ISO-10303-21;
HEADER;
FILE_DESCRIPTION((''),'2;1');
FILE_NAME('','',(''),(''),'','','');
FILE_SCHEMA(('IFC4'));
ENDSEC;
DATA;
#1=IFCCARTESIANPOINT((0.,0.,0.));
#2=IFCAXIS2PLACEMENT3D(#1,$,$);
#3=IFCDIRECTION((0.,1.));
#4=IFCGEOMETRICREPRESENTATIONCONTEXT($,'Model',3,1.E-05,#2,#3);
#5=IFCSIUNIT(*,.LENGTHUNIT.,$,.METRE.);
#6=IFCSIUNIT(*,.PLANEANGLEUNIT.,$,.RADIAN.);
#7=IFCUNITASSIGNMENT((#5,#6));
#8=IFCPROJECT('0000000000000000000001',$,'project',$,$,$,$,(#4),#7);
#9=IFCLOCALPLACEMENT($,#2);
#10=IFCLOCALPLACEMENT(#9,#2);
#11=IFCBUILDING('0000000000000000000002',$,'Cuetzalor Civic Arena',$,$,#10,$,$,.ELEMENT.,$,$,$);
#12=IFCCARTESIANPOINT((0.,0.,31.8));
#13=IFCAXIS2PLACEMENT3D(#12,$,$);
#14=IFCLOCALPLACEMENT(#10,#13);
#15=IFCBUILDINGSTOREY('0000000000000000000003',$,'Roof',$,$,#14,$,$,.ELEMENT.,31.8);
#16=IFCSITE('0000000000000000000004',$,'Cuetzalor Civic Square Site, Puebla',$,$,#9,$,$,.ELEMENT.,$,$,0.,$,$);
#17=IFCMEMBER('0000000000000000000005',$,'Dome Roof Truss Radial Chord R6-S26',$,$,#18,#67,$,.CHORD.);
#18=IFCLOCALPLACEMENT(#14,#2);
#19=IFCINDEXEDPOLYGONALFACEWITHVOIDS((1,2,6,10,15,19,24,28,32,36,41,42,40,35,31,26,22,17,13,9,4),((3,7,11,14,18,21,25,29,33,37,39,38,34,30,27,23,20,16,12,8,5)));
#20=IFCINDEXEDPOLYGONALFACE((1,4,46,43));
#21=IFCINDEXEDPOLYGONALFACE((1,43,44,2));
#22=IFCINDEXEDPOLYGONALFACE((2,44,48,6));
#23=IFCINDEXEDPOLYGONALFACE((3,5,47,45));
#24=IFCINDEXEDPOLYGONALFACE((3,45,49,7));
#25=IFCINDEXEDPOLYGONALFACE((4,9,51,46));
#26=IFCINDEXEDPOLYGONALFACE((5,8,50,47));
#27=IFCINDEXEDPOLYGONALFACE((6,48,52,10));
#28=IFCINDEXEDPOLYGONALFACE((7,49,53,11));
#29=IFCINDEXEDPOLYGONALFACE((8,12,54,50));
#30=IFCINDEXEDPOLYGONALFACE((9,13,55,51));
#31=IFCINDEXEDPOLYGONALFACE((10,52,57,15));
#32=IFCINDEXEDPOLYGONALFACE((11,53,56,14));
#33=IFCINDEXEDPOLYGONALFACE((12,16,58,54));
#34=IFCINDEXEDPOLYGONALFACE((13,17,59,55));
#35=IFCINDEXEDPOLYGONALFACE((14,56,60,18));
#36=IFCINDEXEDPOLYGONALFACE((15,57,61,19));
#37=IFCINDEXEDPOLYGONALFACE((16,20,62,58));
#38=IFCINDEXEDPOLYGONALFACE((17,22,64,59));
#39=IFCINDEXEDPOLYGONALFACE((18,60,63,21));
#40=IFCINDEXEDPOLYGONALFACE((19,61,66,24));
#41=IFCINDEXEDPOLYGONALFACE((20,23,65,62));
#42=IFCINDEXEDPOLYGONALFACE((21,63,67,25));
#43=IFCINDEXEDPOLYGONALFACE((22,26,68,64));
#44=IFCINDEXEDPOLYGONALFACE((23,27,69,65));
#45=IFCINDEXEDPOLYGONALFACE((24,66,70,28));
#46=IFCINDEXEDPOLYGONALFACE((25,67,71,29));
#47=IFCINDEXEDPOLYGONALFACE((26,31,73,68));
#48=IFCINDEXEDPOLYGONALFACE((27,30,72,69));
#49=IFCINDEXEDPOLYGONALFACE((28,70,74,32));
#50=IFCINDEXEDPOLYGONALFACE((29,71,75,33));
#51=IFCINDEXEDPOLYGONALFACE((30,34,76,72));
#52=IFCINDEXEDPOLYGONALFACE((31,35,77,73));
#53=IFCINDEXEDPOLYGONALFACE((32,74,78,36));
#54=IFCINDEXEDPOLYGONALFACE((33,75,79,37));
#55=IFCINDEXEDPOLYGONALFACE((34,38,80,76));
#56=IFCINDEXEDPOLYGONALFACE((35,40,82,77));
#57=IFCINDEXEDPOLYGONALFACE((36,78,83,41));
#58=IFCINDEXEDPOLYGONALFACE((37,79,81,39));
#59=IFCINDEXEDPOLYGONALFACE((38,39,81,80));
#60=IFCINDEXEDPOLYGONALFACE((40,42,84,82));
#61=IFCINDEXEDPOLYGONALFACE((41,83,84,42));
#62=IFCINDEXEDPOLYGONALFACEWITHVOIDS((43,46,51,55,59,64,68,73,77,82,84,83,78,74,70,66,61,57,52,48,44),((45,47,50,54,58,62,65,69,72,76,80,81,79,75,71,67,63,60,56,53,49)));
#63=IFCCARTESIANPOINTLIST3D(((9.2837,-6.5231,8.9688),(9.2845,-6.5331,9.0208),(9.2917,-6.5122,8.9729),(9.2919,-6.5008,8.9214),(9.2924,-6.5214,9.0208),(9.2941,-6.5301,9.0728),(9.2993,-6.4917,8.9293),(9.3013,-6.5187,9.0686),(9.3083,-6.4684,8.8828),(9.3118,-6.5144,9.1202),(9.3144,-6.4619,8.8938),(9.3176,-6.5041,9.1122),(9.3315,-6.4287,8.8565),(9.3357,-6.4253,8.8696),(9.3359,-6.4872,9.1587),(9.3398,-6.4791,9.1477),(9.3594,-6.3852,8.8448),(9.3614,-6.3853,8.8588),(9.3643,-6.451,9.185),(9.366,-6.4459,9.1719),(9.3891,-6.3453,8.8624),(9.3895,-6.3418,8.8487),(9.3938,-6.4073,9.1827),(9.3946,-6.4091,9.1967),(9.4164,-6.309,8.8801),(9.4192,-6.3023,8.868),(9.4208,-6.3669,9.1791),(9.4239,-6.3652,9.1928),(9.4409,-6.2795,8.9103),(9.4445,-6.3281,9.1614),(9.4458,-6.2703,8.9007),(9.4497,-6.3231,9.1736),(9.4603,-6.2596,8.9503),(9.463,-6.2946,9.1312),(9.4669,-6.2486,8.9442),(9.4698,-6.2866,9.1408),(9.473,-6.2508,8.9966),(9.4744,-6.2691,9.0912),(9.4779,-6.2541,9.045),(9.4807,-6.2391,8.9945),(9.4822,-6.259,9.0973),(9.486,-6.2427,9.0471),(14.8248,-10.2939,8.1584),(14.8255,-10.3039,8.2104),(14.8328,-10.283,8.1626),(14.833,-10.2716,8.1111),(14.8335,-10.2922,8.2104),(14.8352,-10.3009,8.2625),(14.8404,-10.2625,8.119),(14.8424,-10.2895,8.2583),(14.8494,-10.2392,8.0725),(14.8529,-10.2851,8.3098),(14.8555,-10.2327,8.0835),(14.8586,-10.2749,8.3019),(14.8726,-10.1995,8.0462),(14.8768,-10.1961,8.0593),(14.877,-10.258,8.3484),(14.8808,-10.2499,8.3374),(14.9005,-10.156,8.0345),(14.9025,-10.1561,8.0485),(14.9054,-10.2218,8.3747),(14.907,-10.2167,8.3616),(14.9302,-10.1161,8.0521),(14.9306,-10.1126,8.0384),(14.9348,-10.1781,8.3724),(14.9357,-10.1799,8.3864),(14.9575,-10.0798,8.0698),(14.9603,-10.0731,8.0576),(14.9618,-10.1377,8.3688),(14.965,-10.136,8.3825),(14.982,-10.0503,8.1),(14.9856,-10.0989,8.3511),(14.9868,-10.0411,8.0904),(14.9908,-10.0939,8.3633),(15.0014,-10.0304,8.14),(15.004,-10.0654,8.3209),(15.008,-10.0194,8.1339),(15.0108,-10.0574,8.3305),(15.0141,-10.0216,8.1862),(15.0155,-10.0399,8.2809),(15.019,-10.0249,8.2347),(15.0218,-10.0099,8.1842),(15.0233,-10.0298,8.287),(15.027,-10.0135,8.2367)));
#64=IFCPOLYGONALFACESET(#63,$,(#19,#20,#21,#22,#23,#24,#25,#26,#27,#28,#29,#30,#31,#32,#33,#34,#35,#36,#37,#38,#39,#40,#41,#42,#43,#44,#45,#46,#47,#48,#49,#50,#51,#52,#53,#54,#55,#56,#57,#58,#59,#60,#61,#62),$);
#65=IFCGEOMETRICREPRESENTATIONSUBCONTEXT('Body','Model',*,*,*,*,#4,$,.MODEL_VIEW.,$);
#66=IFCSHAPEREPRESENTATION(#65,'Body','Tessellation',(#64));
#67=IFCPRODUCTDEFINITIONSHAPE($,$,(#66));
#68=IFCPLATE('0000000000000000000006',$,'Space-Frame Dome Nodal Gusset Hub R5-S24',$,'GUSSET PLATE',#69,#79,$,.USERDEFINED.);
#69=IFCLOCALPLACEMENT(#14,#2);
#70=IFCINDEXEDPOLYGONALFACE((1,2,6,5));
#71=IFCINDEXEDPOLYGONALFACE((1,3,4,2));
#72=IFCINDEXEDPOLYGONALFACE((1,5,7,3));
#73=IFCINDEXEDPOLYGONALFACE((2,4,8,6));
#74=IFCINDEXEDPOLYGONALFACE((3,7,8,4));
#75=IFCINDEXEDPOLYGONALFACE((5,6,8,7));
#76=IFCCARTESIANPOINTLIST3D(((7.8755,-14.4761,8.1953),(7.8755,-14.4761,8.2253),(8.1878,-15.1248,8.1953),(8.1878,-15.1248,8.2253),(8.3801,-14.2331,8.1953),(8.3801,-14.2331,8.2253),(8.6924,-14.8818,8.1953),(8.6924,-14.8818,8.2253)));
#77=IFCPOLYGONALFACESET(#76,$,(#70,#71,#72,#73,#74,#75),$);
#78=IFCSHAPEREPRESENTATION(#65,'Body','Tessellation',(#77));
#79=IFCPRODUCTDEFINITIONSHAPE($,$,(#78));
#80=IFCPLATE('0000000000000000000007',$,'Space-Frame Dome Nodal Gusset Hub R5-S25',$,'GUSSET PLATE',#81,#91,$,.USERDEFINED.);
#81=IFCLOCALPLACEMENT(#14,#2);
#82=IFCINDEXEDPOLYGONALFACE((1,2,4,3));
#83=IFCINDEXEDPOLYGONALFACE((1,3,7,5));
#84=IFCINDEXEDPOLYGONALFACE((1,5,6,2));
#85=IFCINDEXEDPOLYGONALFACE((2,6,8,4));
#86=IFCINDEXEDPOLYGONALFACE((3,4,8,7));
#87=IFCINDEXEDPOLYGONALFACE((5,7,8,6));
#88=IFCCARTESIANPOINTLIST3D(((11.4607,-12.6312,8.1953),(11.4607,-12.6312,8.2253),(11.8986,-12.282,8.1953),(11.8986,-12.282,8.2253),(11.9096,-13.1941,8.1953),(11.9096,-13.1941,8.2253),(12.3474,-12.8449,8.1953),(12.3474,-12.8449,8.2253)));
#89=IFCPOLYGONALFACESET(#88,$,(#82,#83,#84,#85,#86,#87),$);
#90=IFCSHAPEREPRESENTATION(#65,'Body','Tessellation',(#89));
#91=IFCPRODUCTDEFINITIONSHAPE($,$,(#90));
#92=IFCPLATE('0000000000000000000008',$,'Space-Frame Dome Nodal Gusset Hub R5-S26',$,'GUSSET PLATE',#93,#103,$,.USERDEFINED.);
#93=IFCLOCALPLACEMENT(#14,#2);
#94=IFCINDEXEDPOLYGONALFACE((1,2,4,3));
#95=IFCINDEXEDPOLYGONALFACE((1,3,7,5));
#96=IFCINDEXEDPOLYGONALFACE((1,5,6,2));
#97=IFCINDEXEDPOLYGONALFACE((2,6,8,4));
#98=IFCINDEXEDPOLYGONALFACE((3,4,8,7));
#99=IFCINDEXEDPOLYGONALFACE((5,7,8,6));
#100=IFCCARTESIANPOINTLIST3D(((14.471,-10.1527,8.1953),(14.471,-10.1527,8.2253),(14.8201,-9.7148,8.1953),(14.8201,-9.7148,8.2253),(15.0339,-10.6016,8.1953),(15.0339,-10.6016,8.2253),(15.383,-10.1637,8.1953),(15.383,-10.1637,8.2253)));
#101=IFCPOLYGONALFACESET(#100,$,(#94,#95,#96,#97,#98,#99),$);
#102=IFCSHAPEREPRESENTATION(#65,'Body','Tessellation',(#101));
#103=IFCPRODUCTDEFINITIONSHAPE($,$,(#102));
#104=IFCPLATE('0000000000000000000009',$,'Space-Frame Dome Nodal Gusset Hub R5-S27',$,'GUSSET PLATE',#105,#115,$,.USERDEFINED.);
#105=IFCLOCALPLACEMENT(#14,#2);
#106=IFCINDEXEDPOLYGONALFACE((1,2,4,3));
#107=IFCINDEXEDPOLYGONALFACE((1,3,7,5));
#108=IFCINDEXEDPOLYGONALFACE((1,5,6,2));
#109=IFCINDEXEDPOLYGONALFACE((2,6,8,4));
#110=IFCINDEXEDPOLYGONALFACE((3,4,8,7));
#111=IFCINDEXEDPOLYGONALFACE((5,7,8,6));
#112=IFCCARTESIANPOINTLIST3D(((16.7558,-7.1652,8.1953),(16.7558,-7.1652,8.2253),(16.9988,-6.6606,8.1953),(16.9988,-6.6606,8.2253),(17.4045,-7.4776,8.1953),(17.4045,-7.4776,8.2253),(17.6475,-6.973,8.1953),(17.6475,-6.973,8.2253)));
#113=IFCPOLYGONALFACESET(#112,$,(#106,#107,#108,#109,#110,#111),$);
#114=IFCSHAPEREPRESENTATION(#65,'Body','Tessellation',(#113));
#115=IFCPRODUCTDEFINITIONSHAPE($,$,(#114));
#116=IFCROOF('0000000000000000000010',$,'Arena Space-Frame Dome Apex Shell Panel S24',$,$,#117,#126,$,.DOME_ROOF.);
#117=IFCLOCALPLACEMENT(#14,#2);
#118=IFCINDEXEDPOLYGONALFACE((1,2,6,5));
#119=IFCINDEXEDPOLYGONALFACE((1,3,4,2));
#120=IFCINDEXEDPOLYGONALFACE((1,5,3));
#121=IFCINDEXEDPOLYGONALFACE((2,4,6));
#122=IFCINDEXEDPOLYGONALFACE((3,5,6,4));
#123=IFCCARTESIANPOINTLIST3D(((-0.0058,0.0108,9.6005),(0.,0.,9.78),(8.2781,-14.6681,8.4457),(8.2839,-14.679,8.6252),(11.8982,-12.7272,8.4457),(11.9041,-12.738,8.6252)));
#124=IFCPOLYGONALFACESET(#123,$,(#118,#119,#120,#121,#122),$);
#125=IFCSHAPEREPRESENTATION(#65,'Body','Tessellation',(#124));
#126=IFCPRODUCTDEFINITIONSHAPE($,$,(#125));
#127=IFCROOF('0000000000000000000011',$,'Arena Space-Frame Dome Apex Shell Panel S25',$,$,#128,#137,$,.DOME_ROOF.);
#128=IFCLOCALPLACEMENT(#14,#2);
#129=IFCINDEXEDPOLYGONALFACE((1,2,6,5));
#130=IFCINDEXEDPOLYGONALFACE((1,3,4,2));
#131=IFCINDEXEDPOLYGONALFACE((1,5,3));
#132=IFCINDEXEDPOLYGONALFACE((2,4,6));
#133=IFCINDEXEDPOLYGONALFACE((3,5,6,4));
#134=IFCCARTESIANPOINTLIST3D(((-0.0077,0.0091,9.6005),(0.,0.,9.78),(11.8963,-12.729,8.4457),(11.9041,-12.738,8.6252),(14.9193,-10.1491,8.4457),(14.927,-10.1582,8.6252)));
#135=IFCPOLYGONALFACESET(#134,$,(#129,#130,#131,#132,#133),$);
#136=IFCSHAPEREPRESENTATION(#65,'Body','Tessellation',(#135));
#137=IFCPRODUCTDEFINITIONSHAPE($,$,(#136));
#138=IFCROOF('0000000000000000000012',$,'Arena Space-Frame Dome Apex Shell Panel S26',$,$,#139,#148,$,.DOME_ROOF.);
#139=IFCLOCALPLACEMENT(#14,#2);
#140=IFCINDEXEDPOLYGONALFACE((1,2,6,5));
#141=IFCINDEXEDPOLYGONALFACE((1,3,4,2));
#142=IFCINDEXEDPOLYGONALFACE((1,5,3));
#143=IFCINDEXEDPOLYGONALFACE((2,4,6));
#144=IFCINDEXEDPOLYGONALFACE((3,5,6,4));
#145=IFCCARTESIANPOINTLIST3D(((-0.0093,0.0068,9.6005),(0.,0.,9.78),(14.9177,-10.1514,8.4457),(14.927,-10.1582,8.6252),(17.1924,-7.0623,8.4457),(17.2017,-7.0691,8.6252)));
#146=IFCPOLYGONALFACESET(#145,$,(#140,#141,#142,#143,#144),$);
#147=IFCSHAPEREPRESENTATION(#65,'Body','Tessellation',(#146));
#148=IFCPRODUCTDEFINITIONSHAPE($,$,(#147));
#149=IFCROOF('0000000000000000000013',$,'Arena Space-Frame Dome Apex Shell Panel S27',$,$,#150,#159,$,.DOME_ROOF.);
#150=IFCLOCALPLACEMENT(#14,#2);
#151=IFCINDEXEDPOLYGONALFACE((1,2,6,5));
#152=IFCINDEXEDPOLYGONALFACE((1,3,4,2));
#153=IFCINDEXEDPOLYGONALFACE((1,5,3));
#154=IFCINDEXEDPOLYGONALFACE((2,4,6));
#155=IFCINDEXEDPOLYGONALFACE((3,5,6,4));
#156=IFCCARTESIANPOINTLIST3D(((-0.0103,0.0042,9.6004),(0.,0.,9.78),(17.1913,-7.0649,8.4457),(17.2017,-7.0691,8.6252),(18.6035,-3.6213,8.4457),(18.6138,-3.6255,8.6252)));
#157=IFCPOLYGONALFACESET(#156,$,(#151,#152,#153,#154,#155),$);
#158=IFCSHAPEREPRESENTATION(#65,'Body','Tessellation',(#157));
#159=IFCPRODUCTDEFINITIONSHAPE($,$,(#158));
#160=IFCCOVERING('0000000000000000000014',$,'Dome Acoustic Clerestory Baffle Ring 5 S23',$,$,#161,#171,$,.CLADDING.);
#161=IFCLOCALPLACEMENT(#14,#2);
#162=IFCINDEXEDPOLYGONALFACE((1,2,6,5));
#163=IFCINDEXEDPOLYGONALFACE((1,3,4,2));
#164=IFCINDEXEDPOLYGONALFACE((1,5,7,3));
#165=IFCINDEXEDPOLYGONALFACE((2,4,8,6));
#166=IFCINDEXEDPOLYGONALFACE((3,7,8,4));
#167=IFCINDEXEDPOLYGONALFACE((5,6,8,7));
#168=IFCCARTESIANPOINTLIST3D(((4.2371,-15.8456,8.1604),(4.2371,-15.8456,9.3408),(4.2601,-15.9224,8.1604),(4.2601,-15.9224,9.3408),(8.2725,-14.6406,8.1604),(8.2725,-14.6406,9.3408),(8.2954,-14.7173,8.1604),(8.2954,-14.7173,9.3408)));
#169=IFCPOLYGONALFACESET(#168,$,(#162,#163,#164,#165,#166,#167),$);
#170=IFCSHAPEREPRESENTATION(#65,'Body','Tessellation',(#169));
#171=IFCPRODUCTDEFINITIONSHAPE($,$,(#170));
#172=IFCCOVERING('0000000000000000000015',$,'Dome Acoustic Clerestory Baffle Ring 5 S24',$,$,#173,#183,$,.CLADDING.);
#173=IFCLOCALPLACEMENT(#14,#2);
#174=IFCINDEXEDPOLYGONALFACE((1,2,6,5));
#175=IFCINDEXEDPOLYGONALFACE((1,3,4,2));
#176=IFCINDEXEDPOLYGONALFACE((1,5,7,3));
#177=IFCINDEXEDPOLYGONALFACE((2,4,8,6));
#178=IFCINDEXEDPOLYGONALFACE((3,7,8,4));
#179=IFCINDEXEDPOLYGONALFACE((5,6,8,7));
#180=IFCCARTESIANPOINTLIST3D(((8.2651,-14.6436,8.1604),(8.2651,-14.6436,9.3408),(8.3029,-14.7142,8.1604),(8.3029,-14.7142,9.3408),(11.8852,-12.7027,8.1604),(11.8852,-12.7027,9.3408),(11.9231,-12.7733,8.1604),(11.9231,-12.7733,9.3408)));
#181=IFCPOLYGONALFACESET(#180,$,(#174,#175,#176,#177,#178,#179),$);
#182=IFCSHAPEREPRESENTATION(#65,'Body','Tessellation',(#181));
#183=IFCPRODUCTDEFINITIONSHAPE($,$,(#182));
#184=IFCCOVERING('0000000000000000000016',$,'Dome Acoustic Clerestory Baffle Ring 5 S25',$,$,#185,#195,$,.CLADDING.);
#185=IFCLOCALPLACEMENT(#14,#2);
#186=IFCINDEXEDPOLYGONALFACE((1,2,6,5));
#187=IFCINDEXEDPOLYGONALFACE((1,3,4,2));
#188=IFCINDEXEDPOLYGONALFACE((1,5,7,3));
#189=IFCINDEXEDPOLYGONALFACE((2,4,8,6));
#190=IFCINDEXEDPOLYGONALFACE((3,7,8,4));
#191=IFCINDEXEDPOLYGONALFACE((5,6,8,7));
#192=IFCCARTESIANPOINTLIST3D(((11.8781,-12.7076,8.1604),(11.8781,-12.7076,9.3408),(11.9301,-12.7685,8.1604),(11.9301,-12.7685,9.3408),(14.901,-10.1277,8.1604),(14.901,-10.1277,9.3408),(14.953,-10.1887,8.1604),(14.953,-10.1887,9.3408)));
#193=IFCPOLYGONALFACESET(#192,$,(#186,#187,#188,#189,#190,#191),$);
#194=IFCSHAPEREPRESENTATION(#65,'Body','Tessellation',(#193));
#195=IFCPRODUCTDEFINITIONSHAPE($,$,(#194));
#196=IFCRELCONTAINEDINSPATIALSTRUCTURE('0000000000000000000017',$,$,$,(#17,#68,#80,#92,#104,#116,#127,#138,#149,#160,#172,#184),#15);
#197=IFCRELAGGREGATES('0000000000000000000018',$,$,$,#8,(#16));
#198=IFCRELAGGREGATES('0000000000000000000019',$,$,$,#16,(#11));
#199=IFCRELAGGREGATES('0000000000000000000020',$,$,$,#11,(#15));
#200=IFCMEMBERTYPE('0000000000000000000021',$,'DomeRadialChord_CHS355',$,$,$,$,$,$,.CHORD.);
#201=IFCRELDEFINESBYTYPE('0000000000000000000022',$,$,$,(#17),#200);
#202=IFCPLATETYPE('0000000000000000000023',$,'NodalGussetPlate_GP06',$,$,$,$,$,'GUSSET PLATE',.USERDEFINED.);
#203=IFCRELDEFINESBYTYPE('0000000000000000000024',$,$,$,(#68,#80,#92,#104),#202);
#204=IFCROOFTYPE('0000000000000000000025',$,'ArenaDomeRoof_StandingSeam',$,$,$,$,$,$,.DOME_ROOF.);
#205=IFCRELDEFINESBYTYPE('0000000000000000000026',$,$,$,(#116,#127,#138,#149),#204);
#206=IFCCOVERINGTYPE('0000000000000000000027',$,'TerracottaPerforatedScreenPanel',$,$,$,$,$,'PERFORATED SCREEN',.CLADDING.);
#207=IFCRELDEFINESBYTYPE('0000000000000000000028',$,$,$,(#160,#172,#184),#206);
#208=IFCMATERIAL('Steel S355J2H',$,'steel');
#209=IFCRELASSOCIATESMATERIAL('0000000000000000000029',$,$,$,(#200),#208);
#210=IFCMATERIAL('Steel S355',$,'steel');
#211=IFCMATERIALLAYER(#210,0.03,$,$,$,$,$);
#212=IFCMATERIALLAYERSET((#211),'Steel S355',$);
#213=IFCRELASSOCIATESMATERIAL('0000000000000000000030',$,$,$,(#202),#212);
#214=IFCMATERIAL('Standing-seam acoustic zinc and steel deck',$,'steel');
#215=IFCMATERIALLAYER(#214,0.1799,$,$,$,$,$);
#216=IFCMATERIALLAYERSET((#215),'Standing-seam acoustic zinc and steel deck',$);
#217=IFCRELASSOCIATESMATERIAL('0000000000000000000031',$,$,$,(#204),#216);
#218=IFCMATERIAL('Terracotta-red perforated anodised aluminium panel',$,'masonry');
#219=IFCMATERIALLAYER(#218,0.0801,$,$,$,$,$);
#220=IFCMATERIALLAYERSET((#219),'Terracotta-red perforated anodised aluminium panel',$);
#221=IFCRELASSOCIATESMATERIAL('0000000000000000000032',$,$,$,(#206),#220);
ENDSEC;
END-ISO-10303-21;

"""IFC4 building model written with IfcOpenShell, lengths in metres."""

from ifc_helpers import new_model, si_unit, direction, frame, frame_2d, origin, origin_2d, place, context, subcontext, project, spatial, polyline, rectangle, hollow_circle, outline, extrude, material, layer, layer_set, material_profile, profile_set, type_object, element, save


model = new_model("IFC4")

# Units and contexts
model_context = context("Model", 3, precision=1e-05, world=origin(), true_north=direction((0.0, 1.0)))
body_context = subcontext(model_context, "Body", "Model", "MODEL_VIEW")
ifc_project = project(units=[si_unit("LENGTHUNIT", "METRE"), si_unit("PLANEANGLEUNIT", "RADIAN")], contexts=[model_context])

# Site, building, storey
site_placement = place(None, origin())
site = spatial("IfcSite", under=ifc_project, at=site_placement, Name="Cuetzalor Civic Square Site, Puebla", CompositionType="ELEMENT", RefElevation=0.0)
building_placement = place(site_placement, origin())
building = spatial("IfcBuilding", under=site, at=building_placement, Name="Cuetzalor Civic Arena", CompositionType="ELEMENT")
storey_placement = place(building_placement, frame((0.0, 0.0, 31.8)))
storey = spatial("IfcBuildingStorey", under=building, at=storey_placement, Name="Roof", CompositionType="ELEMENT", Elevation=31.8)

# Member
ifc_material_1 = material(Name="Steel S355J2H", Category="steel")
ifc_material_profile_1 = material_profile(ifc_material_1, hollow_circle(Radius=0.1777, WallThickness=0.0142, at=origin_2d()), Name="CHS 355.6x14.2")
ifc_profile_set_1 = profile_set([ifc_material_profile_1], Name="Steel S355J2H")
member_type_1 = type_object("IfcMemberType", Name="DomeRadialChord_CHS355", PredefinedType="CHORD", material=ifc_profile_set_1)
member_1_placement = place(storey_placement, frame((14.9255, -10.157, 8.2104), z_axis=(-0.820751, 0.558535, 0.120024), x_axis=(-0.562602, -0.826728, 0.0)))
element("IfcMember", 1, at=member_1_placement, inside=storey, type_object=member_type_1, Name="Dome Roof Truss Radial Chord R6-S26", PredefinedType="CHORD", context=body_context, shape_type="SweptSolid", body=[
    extrude(hollow_circle(Radius=0.1777, WallThickness=0.0142, at=origin_2d()), origin(), (0.0, 0.0, 1.0), 6.7512),
])

# Plates
ifc_material_2 = material(Name="Steel S355", Category="steel")
ifc_layer_1 = layer(ifc_material_2, 0.03)
ifc_layer_set_1 = layer_set([ifc_layer_1], Name="Steel S355")
plate_type = type_object("IfcPlateType", Name="NodalGussetPlate_GP06", ElementType="GUSSET PLATE", PredefinedType="USERDEFINED", material=ifc_layer_set_1)
for number, where, z_axis, x_axis, name in (
    (2, (8.2839, -14.679, 8.1953), (0.0, 0.0, 1.0), (0.433816, -0.901001, 0.0), "Space-Frame Dome Nodal Gusset Hub R5-S24"),
    (3, (11.9041, -12.738, 8.1953), (0.0, 0.0, 1.0), (0.62347, -0.781847, 0.0), "Space-Frame Dome Nodal Gusset Hub R5-S25"),
    (4, (14.927, -10.1582, 8.1953), (0.0, 0.0, 1.0), (0.781847, -0.62347, 0.0), "Space-Frame Dome Nodal Gusset Hub R5-S26"),
    (5, (17.2017, -7.0691, 8.1953), (0.0, 0.0, 1.0), (0.901001, -0.433816, 0.0), "Space-Frame Dome Nodal Gusset Hub R5-S27"),
):
    element("IfcPlate", number, at=place(storey_placement, frame(where, z_axis=z_axis, x_axis=x_axis)), inside=storey, type_object=plate_type, Name=name, ObjectType="GUSSET PLATE", PredefinedType="USERDEFINED", context=body_context, shape_type="SweptSolid", body=[
        extrude(rectangle(XDim=0.72, YDim=0.5601, at=origin_2d()), origin(), (0.0, 0.0, 1.0), 0.03),
    ])

# Roofs
ifc_material_3 = material(Name="Standing-seam acoustic zinc and steel deck", Category="steel")
ifc_layer_2 = layer(ifc_material_3, 0.1799)
ifc_layer_set_2 = layer_set([ifc_layer_2], Name="Standing-seam acoustic zinc and steel deck")
roof_type = type_object("IfcRoofType", Name="ArenaDomeRoof_StandingSeam", PredefinedType="DOME_ROOF", material=ifc_layer_set_2)
roof_1_placement = place(storey_placement, frame((8.2839, -14.679, 8.6252), z_axis=(0.032305, -0.060254, 0.99766), x_axis=(0.881321, 0.472518, 0.0)))
element("IfcRoof", 6, at=roof_1_placement, inside=storey, type_object=roof_type, Name="Arena Space-Frame Dome Apex Shell Panel S24", PredefinedType="DOME_ROOF", context=body_context, shape_type="SweptSolid", body=[
    extrude(outline(polyline([(0.0, 0.0), (4.1076, 0.0), (-0.3647, 16.8907), (0.0, 0.0)])), origin(), (0.0, 0.0, -1.0), 0.1799),
])
roof_2_placement = place(storey_placement, frame((11.9041, -12.738, 8.6252), z_axis=(0.042947, -0.050323, 0.997809), x_axis=(0.760656, 0.649156, 0.0)))
element("IfcRoof", 7, at=roof_2_placement, inside=storey, type_object=roof_type, Name="Arena Space-Frame Dome Apex Shell Panel S25", PredefinedType="DOME_ROOF", context=body_context, shape_type="SweptSolid", body=[
    extrude(outline(polyline([(0.0, 0.0), (3.9741, 0.0), (-0.7859, 17.4551), (0.0, 0.0)])), origin(), (0.0, 0.0, -1.0), 0.1799),
])
roof_3_placement = place(storey_placement, frame((14.927, -10.1582, 8.6252), z_axis=(0.051432, -0.037872, 0.997958), x_axis=(0.592941, 0.805246, 0.0)))
element("IfcRoof", 8, at=roof_3_placement, inside=storey, type_object=roof_type, Name="Arena Space-Frame Dome Apex Shell Panel S26", PredefinedType="DOME_ROOF", context=body_context, shape_type="SweptSolid", body=[
    extrude(outline(polyline([(0.0, 0.0), (3.8362, 0.0), (-0.671, 18.08), (0.0, 0.0)])), origin(), (0.0, 0.0, -1.0), 0.1799),
])
roof_4_placement = place(storey_placement, frame((17.2017, -7.0691, 8.6252), z_axis=(0.05734, -0.023513, 0.998078), x_axis=(0.379407, 0.92523, 0.0)))
element("IfcRoof", 9, at=roof_4_placement, inside=storey, type_object=roof_type, Name="Arena Space-Frame Dome Apex Shell Panel S27", PredefinedType="DOME_ROOF", context=body_context, shape_type="SweptSolid", body=[
    extrude(outline(polyline([(0.0, 0.0), (3.7219, 0.0), (0.0141, 18.6334), (0.0, 0.0)])), origin(), (0.0, 0.0, -1.0), 0.1799),
])

# Coverings
ifc_material_4 = material(Name="Terracotta-red perforated anodised aluminium panel", Category="masonry")
ifc_layer_3 = layer(ifc_material_4, 0.0801)
ifc_layer_set_3 = layer_set([ifc_layer_3], Name="Terracotta-red perforated anodised aluminium panel")
covering_type = type_object("IfcCoveringType", Name="TerracottaPerforatedScreenPanel", ElementType="PERFORATED SCREEN", PredefinedType="CLADDING", material=ifc_layer_set_3)
covering_1_placement = place(storey_placement, frame((8.2839, -14.679, 8.1604), z_axis=(0.0, 0.0, 1.0), x_axis=(-0.958188, -0.28614, 0.0)))
element("IfcCovering", 10, at=covering_1_placement, inside=storey, type_object=covering_type, Name="Dome Acoustic Clerestory Baffle Ring 5 S23", PredefinedType="CLADDING", context=body_context, shape_type="SweptSolid", body=[
    extrude(rectangle(XDim=4.2114, YDim=0.0801, at=frame_2d((2.1057, 0.0))), origin(), (0.0, 0.0, 1.0), 1.1804),
])
covering_2_placement = place(storey_placement, frame((11.9041, -12.738, 8.1604), z_axis=(0.0, 0.0, 1.0), x_axis=(-0.881321, -0.472518, 0.0)))
element("IfcCovering", 11, at=covering_2_placement, inside=storey, type_object=covering_type, Name="Dome Acoustic Clerestory Baffle Ring 5 S24", PredefinedType="CLADDING", context=body_context, shape_type="SweptSolid", body=[
    extrude(rectangle(XDim=4.1077, YDim=0.0801, at=frame_2d((2.0537, 0.0))), origin(), (0.0, 0.0, 1.0), 1.1804),
])
covering_3_placement = place(storey_placement, frame((14.927, -10.1582, 8.1604), z_axis=(0.0, 0.0, 1.0), x_axis=(-0.760656, -0.649156, 0.0)))
element("IfcCovering", 12, at=covering_3_placement, inside=storey, type_object=covering_type, Name="Dome Acoustic Clerestory Baffle Ring 5 S25", PredefinedType="CLADDING", context=body_context, shape_type="SweptSolid", body=[
    extrude(rectangle(XDim=3.9741, YDim=0.0801, at=frame_2d((1.9871, 0.0))), origin(), (0.0, 0.0, 1.0), 1.1804),
])

save(model, "model.ifc")
